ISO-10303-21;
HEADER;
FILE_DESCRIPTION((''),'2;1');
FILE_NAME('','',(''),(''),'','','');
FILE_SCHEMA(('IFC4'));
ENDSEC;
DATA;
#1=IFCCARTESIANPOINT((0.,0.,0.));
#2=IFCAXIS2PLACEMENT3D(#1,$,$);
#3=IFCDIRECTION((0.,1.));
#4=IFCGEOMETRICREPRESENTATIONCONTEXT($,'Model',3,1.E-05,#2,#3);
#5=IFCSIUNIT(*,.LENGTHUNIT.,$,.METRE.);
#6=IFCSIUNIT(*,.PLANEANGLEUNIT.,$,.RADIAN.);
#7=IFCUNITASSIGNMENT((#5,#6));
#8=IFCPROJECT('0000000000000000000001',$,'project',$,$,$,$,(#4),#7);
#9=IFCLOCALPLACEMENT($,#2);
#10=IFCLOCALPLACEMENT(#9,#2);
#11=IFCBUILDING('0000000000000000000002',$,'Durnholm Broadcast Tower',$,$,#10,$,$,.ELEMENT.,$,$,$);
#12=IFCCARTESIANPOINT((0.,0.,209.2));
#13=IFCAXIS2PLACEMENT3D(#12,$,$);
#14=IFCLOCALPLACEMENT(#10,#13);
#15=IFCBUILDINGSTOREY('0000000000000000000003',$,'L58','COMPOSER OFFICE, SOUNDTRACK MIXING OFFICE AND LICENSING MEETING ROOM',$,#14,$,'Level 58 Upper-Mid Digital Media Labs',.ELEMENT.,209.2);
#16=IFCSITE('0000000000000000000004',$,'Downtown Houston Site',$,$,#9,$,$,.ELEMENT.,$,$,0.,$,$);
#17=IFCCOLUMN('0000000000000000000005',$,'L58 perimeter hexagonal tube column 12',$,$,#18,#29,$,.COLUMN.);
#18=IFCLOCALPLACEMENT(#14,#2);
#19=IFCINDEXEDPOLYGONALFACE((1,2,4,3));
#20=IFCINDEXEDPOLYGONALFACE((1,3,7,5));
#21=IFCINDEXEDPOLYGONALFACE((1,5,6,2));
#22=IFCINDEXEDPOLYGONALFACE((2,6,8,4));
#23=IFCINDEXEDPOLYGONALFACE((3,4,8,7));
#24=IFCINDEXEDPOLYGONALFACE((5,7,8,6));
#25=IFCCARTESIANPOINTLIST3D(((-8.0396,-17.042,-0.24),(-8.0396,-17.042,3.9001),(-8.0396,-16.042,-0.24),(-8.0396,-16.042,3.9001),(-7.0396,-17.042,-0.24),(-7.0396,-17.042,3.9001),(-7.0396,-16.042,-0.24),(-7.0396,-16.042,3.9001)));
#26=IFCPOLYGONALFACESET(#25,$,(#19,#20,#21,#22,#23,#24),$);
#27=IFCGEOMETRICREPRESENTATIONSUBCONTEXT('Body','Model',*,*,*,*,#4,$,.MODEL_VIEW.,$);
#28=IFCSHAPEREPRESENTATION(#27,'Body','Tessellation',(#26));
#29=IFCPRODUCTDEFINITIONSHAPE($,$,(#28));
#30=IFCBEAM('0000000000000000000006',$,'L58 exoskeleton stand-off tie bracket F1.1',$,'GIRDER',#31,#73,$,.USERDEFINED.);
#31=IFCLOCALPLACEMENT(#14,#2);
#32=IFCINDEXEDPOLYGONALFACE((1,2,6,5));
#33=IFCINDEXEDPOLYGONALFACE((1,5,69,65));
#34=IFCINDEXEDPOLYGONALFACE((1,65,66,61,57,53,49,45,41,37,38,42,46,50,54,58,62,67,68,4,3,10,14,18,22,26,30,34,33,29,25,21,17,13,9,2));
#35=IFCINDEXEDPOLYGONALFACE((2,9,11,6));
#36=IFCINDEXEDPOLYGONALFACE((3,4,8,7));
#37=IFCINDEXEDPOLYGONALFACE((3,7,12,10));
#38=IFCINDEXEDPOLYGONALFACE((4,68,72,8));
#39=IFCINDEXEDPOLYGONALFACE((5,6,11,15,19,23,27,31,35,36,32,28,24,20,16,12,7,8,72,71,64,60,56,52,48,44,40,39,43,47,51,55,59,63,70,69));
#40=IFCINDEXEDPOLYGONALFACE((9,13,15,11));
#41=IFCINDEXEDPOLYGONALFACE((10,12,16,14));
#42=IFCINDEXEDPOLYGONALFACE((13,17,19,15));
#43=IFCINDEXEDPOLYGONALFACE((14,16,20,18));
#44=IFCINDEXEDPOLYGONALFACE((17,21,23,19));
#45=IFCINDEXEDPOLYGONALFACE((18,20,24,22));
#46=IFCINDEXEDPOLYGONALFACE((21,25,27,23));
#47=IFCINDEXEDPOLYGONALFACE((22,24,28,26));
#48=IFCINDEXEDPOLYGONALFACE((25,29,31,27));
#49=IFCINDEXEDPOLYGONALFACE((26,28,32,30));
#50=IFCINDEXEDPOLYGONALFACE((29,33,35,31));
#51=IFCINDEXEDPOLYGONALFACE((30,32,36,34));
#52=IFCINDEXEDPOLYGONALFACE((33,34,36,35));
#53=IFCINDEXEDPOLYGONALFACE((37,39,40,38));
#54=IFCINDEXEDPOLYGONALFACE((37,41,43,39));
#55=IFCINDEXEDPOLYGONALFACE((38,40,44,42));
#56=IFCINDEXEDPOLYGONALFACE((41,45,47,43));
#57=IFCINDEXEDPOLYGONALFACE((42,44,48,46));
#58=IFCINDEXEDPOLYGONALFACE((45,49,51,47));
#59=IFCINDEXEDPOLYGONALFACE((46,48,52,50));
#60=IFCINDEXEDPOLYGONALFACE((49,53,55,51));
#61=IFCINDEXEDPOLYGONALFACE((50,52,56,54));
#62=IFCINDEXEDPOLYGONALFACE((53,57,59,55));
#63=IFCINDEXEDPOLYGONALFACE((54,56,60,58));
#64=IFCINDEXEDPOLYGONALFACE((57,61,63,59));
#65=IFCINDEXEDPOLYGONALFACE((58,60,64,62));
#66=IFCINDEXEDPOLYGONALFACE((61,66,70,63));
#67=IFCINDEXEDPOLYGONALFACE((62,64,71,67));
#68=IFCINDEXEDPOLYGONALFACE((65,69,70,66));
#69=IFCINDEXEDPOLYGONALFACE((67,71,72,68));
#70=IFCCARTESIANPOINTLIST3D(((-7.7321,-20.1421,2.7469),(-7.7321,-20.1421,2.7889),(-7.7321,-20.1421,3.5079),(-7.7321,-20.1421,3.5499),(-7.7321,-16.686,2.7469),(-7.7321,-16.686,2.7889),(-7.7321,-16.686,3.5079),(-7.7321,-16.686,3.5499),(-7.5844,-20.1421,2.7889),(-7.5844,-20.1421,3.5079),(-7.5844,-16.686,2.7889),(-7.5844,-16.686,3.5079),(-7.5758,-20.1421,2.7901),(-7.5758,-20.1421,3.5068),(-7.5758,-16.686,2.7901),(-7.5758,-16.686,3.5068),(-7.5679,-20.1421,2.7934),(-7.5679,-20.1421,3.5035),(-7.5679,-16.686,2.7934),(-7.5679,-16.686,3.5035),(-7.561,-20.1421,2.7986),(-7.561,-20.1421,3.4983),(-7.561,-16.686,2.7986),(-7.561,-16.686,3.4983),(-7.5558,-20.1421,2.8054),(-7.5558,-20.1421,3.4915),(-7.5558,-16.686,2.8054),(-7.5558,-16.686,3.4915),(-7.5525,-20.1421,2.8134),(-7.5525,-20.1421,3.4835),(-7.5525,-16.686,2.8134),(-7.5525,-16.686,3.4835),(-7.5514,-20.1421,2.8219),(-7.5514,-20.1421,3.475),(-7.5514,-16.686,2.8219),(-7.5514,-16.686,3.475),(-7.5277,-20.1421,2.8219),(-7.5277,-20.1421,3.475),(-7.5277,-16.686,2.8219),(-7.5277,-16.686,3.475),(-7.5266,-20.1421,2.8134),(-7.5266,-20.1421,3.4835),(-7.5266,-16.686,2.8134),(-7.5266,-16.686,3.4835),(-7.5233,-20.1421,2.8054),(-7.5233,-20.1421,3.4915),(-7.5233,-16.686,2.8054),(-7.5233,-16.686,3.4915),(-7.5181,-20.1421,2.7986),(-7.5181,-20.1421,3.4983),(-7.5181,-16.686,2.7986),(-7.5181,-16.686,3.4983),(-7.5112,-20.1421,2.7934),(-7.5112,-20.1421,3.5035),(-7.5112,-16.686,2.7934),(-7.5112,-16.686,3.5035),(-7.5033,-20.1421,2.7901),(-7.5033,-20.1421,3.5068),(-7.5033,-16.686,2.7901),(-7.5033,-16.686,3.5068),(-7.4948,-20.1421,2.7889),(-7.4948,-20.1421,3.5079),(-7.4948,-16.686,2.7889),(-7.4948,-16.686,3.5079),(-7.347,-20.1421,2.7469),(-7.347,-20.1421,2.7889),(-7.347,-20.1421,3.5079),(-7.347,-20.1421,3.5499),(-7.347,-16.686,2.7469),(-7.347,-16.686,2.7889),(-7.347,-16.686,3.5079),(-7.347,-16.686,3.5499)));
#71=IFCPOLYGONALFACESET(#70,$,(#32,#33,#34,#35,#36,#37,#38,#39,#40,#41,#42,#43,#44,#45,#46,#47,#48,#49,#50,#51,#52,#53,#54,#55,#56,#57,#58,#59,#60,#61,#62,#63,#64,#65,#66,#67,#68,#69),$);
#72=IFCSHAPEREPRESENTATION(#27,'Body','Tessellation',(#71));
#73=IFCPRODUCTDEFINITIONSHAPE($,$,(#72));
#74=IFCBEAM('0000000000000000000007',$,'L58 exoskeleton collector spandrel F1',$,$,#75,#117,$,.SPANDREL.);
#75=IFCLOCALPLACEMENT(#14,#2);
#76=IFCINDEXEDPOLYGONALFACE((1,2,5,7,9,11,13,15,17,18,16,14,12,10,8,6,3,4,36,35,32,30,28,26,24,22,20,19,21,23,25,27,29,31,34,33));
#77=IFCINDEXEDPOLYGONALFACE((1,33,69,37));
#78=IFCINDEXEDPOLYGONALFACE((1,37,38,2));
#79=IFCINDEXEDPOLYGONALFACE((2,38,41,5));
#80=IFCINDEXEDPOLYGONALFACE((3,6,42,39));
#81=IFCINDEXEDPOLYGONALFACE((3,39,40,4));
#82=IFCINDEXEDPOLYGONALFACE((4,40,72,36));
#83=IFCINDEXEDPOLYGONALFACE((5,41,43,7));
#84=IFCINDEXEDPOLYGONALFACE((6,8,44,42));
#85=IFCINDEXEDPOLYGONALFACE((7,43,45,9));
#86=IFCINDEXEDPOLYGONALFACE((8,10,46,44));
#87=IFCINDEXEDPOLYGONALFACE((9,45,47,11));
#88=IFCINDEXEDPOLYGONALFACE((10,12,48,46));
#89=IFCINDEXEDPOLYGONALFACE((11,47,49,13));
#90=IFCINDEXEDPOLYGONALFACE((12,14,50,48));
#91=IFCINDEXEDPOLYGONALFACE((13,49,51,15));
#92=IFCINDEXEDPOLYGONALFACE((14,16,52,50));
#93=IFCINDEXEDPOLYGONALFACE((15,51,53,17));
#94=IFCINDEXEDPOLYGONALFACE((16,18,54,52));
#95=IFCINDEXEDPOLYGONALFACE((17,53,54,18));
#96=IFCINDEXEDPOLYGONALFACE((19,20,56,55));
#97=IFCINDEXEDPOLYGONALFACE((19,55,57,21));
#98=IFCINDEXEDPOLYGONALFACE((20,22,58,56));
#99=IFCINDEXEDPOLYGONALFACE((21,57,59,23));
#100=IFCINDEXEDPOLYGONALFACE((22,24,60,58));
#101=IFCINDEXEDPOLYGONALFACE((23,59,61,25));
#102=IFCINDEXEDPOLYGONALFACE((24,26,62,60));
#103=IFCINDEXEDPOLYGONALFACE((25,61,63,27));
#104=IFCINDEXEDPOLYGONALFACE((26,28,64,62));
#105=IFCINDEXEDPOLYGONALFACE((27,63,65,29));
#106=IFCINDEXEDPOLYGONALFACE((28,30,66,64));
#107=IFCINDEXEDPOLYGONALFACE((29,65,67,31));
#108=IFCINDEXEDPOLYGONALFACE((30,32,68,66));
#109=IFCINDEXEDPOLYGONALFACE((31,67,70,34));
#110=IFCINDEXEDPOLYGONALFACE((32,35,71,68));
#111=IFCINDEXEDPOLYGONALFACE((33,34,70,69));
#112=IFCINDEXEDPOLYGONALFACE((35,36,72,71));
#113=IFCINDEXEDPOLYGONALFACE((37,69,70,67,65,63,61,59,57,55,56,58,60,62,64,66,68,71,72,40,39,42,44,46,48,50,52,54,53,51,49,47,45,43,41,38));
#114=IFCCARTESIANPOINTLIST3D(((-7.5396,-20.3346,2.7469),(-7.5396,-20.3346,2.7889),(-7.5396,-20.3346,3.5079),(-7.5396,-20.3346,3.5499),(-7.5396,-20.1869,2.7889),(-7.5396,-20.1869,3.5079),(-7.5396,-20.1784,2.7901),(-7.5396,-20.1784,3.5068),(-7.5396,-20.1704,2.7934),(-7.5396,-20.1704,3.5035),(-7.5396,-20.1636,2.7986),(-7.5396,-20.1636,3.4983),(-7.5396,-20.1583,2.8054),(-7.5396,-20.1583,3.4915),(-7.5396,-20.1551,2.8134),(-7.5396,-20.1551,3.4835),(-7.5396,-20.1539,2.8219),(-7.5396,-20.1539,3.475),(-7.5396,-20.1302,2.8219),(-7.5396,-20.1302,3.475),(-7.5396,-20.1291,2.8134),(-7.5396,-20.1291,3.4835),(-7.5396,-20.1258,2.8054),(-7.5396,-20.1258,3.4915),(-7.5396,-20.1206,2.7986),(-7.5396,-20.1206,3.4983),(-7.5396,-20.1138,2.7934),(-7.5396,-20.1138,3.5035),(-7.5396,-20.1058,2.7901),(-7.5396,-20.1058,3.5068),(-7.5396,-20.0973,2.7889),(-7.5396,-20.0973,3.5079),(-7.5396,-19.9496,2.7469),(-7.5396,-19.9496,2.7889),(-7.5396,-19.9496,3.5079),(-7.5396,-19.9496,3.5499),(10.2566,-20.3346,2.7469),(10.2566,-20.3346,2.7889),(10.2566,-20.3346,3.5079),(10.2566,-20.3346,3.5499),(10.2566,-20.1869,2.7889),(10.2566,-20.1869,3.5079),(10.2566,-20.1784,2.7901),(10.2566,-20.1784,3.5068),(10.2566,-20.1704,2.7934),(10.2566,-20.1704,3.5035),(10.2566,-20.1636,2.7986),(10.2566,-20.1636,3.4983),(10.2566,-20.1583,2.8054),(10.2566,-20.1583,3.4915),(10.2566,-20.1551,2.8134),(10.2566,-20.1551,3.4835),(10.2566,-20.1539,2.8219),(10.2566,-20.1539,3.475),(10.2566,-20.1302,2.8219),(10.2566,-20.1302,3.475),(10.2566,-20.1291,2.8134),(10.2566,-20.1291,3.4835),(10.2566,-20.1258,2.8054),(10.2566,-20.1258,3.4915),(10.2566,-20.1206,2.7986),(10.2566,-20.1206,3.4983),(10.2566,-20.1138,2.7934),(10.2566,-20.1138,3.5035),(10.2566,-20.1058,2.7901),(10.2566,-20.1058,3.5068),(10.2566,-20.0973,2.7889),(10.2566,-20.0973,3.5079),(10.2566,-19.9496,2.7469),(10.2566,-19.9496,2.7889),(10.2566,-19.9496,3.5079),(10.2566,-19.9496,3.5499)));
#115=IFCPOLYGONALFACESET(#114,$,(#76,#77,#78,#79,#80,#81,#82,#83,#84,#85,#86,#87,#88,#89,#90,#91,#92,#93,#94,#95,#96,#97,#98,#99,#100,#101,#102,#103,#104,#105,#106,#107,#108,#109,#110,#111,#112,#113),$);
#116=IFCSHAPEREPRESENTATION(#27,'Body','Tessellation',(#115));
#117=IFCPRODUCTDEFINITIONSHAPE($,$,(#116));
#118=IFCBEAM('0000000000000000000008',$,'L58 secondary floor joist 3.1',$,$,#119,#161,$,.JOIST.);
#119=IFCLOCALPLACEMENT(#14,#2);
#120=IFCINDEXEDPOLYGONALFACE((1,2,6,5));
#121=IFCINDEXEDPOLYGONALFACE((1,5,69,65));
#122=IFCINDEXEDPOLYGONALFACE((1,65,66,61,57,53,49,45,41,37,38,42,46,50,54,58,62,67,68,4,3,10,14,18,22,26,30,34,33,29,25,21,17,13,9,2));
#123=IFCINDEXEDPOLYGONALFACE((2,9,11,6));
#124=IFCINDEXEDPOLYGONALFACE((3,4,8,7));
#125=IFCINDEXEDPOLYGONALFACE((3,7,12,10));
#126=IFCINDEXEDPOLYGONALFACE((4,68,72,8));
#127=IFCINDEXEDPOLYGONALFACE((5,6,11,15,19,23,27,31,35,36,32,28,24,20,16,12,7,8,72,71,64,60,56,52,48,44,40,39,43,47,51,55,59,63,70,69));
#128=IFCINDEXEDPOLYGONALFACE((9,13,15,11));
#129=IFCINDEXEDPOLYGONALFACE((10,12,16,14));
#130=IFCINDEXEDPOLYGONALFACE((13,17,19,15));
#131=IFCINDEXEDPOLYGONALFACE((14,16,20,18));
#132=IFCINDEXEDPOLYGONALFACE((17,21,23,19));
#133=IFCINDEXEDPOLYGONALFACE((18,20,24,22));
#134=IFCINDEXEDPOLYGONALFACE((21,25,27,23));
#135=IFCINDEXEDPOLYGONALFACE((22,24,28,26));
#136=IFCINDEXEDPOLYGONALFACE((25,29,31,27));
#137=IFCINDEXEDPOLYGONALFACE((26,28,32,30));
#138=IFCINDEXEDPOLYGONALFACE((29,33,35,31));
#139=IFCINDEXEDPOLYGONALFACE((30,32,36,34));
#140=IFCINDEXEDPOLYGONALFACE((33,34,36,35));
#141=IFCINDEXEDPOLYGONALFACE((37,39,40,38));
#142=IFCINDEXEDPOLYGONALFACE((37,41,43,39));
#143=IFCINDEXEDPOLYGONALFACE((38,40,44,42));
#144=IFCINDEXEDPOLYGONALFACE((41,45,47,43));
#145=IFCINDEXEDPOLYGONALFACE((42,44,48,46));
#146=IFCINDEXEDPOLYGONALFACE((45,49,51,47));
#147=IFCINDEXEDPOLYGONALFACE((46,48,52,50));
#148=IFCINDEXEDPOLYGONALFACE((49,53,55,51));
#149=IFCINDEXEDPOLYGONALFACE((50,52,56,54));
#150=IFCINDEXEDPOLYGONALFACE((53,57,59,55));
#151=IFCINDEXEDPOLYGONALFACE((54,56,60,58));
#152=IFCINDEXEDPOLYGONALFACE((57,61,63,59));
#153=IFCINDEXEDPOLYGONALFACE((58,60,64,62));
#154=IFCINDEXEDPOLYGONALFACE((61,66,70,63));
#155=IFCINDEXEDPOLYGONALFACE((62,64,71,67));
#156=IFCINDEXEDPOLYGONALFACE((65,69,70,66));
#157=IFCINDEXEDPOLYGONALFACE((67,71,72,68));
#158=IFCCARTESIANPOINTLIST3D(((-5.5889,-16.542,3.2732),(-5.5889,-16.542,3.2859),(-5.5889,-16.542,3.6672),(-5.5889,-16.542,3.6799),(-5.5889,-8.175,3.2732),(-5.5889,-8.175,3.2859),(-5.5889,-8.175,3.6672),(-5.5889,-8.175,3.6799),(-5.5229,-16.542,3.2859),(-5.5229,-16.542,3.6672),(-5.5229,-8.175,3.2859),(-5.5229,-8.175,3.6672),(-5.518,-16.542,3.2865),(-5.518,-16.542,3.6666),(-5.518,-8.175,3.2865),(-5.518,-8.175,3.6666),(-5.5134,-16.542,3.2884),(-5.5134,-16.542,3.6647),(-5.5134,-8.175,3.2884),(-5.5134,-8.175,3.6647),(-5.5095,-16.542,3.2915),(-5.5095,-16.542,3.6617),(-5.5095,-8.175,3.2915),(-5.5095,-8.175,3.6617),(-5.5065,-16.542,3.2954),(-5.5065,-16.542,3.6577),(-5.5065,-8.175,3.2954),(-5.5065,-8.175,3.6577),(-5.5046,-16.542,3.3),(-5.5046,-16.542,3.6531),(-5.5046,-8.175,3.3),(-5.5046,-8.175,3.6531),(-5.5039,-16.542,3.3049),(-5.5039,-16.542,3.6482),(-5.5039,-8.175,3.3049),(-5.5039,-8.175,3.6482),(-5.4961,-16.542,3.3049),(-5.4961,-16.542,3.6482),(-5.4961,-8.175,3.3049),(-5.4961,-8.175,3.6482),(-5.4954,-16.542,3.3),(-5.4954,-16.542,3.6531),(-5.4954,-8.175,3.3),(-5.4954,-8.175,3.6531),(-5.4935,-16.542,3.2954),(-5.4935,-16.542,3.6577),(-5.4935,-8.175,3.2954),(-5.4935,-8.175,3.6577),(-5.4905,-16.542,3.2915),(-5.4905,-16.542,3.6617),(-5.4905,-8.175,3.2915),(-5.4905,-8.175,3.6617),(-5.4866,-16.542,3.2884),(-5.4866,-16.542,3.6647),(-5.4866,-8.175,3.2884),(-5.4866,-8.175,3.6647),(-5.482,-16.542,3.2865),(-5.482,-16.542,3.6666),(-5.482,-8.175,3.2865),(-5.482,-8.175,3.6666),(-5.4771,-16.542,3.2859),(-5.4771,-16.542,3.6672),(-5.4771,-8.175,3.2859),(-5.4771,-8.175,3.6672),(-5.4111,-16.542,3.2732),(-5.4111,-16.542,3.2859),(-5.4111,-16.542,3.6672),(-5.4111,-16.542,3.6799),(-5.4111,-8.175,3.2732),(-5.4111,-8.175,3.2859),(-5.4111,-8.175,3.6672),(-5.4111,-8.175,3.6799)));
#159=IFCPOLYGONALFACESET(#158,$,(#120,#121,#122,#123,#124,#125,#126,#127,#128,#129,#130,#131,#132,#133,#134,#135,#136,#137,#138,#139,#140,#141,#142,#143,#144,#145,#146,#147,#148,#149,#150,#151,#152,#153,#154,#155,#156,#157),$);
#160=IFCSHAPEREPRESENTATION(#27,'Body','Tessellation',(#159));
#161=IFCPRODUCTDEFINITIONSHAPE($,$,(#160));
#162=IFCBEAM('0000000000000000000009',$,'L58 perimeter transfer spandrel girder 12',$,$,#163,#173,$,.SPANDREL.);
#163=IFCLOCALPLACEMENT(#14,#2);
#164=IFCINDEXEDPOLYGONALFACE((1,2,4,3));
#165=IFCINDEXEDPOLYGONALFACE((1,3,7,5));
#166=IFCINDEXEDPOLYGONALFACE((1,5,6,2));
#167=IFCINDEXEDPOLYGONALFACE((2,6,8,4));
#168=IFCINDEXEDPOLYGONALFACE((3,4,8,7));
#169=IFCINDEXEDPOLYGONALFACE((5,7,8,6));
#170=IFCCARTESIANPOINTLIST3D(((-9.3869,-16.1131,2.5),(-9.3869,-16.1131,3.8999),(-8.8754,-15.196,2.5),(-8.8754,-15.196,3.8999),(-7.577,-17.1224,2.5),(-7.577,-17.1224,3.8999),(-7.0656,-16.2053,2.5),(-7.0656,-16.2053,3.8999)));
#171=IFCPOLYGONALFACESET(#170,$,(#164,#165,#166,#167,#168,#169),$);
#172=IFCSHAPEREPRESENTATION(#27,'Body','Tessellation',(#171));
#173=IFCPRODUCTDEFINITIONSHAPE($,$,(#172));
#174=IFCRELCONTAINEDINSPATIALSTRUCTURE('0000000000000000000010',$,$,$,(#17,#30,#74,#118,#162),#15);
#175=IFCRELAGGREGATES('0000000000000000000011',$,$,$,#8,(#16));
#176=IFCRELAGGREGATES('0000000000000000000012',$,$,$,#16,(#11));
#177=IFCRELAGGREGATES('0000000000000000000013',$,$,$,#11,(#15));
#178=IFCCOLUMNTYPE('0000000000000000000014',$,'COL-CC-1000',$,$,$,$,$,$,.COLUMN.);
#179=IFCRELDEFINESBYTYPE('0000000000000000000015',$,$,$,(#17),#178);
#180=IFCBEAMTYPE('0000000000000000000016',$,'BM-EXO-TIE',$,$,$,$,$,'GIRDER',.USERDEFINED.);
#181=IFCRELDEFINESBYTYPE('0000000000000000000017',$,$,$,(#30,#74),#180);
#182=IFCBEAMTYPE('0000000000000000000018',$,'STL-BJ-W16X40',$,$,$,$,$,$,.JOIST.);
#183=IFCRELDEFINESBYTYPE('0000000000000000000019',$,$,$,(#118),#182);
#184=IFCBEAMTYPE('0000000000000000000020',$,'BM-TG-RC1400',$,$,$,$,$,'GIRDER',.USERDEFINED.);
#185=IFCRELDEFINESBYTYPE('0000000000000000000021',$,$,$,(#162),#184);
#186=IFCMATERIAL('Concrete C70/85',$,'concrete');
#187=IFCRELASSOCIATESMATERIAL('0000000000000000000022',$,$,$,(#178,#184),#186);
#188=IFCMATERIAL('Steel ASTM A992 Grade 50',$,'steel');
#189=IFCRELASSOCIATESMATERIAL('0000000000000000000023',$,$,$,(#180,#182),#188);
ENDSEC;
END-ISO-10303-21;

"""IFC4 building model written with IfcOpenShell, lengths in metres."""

from ifc_helpers import new_model, si_unit, direction, frame, origin, origin_2d, place, context, subcontext, project, spatial, rectangle, i_section, extrude, source, transform, mapped, material, material_profile, profile_set, type_object, type_shapes, element, save


model = new_model("IFC4")

# Units and contexts
model_context = context("Model", 3, precision=1e-05, world=origin(), true_north=direction((0.0, 1.0)))
body_context = subcontext(model_context, "Body", "Model", "MODEL_VIEW")
ifc_project = project(units=[si_unit("LENGTHUNIT", "METRE"), si_unit("PLANEANGLEUNIT", "RADIAN")], contexts=[model_context])

# Site, building, storey
site_placement = place(None, origin())
site = spatial("IfcSite", under=ifc_project, at=site_placement, Name="Downtown Houston Site", CompositionType="ELEMENT", RefElevation=0.0)
building_placement = place(site_placement, origin())
building = spatial("IfcBuilding", under=site, at=building_placement, Name="Durnholm Broadcast Tower", CompositionType="ELEMENT")
storey_placement = place(building_placement, frame((0.0, 0.0, 209.2)))
storey = spatial("IfcBuildingStorey", under=building, at=storey_placement, Name="L58", Description="COMPOSER OFFICE, SOUNDTRACK MIXING OFFICE AND LICENSING MEETING ROOM", LongName="Level 58 Upper-Mid Digital Media Labs", CompositionType="ELEMENT", Elevation=209.2)

# Column
ifc_material_1 = material(Name="Concrete C70/85", Category="concrete")
ifc_material_profile_1 = material_profile(ifc_material_1, rectangle(XDim=1.0, YDim=1.0, at=origin_2d()), Name="RC1000X1000")
ifc_profile_set_1 = profile_set([ifc_material_profile_1], Name="Concrete C70/85")
column_type = type_object("IfcColumnType", Name="COL-CC-1000", PredefinedType="COLUMN", material=ifc_profile_set_1)
shared_shape_1 = source(origin(), body_context, "Body", "SweptSolid", [
    extrude(rectangle(XDim=1.0, YDim=1.0, at=origin_2d()), origin(), (0.0, 0.0, 1.0), 4.1401),
])
type_shapes(column_type, [shared_shape_1])
column_placement = place(storey_placement, frame((-7.5396, -16.542, -0.24), z_axis=(0.0, 0.0, 1.0), x_axis=(1.0, 0.0, 0.0)))
element("IfcColumn", 1, at=column_placement, inside=storey, type_object=column_type, Name="L58 perimeter hexagonal tube column 12", PredefinedType="COLUMN", context=body_context, shape_type="MappedRepresentation", body=[
    mapped(shared_shape_1, transform((0.0, 0.0, 0.0), x_axis=(1.0, 0.0, 0.0), y_axis=(0.0, 1.0, 0.0), z_axis=(0.0, 0.0, 1.0), scale=1.0)),
])

# Beams
ifc_material_2 = material(Name="Steel ASTM A992 Grade 50", Category="steel")
ifc_material_profile_2 = material_profile(ifc_material_2, i_section(OverallWidth=0.385, OverallDepth=0.803, WebThickness=0.0237, FlangeThickness=0.042, FilletRadius=0.033, at=origin_2d()), Name="W30X261")
ifc_profile_set_2 = profile_set([ifc_material_profile_2], Name="Steel ASTM A992 Grade 50")
beam_type_1 = type_object("IfcBeamType", Name="BM-EXO-TIE", ElementType="GIRDER", PredefinedType="USERDEFINED", material=ifc_profile_set_2)
shared_shape_2 = source(origin(), body_context, "Body", "SweptSolid", [
    extrude(i_section(OverallWidth=0.385, OverallDepth=0.803, WebThickness=0.0237, FlangeThickness=0.042, FilletRadius=0.033, at=origin_2d()), origin(), (0.0, 0.0, 1.0), 3.4561),
])
beam_1_placement = place(storey_placement, frame((-7.5396, -16.686, 3.1484), z_axis=(0.0, -1.0, 0.0), x_axis=(1.0, 0.0, 0.0)))
element("IfcBeam", 2, at=beam_1_placement, inside=storey, type_object=beam_type_1, Name="L58 exoskeleton stand-off tie bracket F1.1", ObjectType="GIRDER", PredefinedType="USERDEFINED", context=body_context, shape_type="MappedRepresentation", body=[
    mapped(shared_shape_2, transform((0.0, 0.0, 0.0), x_axis=(1.0, 0.0, 0.0), y_axis=(0.0, 1.0, 0.0), z_axis=(0.0, 0.0, 1.0), scale=1.0)),
])
shared_shape_3 = source(origin(), body_context, "Body", "SweptSolid", [
    extrude(i_section(OverallWidth=0.385, OverallDepth=0.803, WebThickness=0.0237, FlangeThickness=0.042, FilletRadius=0.033, at=origin_2d()), origin(), (0.0, 0.0, 1.0), 17.7961),
])
type_shapes(beam_type_1, [shared_shape_2, shared_shape_3])
beam_2_placement = place(storey_placement, frame((-7.5396, -20.1421, 3.1484), z_axis=(1.0, 0.0, 0.0), x_axis=(0.0, 1.0, 0.0)))
element("IfcBeam", 3, at=beam_2_placement, inside=storey, type_object=beam_type_1, Name="L58 exoskeleton collector spandrel F1", PredefinedType="SPANDREL", context=body_context, shape_type="MappedRepresentation", body=[
    mapped(shared_shape_3, transform((0.0, 0.0, 0.0), x_axis=(1.0, 0.0, 0.0), y_axis=(0.0, 1.0, 0.0), z_axis=(0.0, 0.0, 1.0), scale=1.0)),
])
ifc_material_profile_3 = material_profile(ifc_material_2, i_section(OverallWidth=0.1777, OverallDepth=0.4067, WebThickness=0.0078, FlangeThickness=0.0127, FilletRadius=0.019, at=origin_2d()), Name="W16X40")
ifc_profile_set_3 = profile_set([ifc_material_profile_3], Name="Steel ASTM A992 Grade 50")
beam_type_2 = type_object("IfcBeamType", Name="STL-BJ-W16X40", PredefinedType="JOIST", material=ifc_profile_set_3)
shared_shape_4 = source(origin(), body_context, "Body", "SweptSolid", [
    extrude(i_section(OverallWidth=0.1777, OverallDepth=0.4067, WebThickness=0.0078, FlangeThickness=0.0127, FilletRadius=0.019, at=origin_2d()), origin(), (0.0, 0.0, 1.0), 8.3669),
])
type_shapes(beam_type_2, [shared_shape_4])
beam_3_placement = place(storey_placement, frame((-5.5, -16.542, 3.4766), z_axis=(0.0, 1.0, 0.0), x_axis=(-1.0, 0.0, 0.0)))
element("IfcBeam", 4, at=beam_3_placement, inside=storey, type_object=beam_type_2, Name="L58 secondary floor joist 3.1", PredefinedType="JOIST", context=body_context, shape_type="MappedRepresentation", body=[
    mapped(shared_shape_4, transform((0.0, 0.0, 0.0), x_axis=(1.0, 0.0, 0.0), y_axis=(0.0, 1.0, 0.0), z_axis=(0.0, 0.0, 1.0), scale=1.0)),
])
ifc_material_profile_4 = material_profile(ifc_material_1, rectangle(XDim=1.05, YDim=1.3999, at=origin_2d()), Name="RC1050X1400")
ifc_profile_set_4 = profile_set([ifc_material_profile_4], Name="Concrete C70/85")
beam_type_3 = type_object("IfcBeamType", Name="BM-TG-RC1400", ElementType="GIRDER", PredefinedType="USERDEFINED", material=ifc_profile_set_4)
shared_shape_5 = source(origin(), body_context, "Body", "SweptSolid", [
    extrude(rectangle(XDim=1.05, YDim=1.3999, at=origin_2d()), origin(), (0.0, 0.0, 1.0), 2.0723),
])
type_shapes(beam_type_3, [shared_shape_5])
beam_4_placement = place(storey_placement, frame((-7.3213, -16.6638, 3.2), z_axis=(-0.873373, 0.487053, 0.0), x_axis=(-0.487053, -0.873373, 0.0)))
element("IfcBeam", 5, at=beam_4_placement, inside=storey, type_object=beam_type_3, Name="L58 perimeter transfer spandrel girder 12", PredefinedType="SPANDREL", context=body_context, shape_type="MappedRepresentation", body=[
    mapped(shared_shape_5, transform((0.0, 0.0, 0.0), x_axis=(1.0, 0.0, 0.0), y_axis=(0.0, 1.0, 0.0), z_axis=(0.0, 0.0, 1.0), scale=1.0)),
])

save(model, "model.ifc")
